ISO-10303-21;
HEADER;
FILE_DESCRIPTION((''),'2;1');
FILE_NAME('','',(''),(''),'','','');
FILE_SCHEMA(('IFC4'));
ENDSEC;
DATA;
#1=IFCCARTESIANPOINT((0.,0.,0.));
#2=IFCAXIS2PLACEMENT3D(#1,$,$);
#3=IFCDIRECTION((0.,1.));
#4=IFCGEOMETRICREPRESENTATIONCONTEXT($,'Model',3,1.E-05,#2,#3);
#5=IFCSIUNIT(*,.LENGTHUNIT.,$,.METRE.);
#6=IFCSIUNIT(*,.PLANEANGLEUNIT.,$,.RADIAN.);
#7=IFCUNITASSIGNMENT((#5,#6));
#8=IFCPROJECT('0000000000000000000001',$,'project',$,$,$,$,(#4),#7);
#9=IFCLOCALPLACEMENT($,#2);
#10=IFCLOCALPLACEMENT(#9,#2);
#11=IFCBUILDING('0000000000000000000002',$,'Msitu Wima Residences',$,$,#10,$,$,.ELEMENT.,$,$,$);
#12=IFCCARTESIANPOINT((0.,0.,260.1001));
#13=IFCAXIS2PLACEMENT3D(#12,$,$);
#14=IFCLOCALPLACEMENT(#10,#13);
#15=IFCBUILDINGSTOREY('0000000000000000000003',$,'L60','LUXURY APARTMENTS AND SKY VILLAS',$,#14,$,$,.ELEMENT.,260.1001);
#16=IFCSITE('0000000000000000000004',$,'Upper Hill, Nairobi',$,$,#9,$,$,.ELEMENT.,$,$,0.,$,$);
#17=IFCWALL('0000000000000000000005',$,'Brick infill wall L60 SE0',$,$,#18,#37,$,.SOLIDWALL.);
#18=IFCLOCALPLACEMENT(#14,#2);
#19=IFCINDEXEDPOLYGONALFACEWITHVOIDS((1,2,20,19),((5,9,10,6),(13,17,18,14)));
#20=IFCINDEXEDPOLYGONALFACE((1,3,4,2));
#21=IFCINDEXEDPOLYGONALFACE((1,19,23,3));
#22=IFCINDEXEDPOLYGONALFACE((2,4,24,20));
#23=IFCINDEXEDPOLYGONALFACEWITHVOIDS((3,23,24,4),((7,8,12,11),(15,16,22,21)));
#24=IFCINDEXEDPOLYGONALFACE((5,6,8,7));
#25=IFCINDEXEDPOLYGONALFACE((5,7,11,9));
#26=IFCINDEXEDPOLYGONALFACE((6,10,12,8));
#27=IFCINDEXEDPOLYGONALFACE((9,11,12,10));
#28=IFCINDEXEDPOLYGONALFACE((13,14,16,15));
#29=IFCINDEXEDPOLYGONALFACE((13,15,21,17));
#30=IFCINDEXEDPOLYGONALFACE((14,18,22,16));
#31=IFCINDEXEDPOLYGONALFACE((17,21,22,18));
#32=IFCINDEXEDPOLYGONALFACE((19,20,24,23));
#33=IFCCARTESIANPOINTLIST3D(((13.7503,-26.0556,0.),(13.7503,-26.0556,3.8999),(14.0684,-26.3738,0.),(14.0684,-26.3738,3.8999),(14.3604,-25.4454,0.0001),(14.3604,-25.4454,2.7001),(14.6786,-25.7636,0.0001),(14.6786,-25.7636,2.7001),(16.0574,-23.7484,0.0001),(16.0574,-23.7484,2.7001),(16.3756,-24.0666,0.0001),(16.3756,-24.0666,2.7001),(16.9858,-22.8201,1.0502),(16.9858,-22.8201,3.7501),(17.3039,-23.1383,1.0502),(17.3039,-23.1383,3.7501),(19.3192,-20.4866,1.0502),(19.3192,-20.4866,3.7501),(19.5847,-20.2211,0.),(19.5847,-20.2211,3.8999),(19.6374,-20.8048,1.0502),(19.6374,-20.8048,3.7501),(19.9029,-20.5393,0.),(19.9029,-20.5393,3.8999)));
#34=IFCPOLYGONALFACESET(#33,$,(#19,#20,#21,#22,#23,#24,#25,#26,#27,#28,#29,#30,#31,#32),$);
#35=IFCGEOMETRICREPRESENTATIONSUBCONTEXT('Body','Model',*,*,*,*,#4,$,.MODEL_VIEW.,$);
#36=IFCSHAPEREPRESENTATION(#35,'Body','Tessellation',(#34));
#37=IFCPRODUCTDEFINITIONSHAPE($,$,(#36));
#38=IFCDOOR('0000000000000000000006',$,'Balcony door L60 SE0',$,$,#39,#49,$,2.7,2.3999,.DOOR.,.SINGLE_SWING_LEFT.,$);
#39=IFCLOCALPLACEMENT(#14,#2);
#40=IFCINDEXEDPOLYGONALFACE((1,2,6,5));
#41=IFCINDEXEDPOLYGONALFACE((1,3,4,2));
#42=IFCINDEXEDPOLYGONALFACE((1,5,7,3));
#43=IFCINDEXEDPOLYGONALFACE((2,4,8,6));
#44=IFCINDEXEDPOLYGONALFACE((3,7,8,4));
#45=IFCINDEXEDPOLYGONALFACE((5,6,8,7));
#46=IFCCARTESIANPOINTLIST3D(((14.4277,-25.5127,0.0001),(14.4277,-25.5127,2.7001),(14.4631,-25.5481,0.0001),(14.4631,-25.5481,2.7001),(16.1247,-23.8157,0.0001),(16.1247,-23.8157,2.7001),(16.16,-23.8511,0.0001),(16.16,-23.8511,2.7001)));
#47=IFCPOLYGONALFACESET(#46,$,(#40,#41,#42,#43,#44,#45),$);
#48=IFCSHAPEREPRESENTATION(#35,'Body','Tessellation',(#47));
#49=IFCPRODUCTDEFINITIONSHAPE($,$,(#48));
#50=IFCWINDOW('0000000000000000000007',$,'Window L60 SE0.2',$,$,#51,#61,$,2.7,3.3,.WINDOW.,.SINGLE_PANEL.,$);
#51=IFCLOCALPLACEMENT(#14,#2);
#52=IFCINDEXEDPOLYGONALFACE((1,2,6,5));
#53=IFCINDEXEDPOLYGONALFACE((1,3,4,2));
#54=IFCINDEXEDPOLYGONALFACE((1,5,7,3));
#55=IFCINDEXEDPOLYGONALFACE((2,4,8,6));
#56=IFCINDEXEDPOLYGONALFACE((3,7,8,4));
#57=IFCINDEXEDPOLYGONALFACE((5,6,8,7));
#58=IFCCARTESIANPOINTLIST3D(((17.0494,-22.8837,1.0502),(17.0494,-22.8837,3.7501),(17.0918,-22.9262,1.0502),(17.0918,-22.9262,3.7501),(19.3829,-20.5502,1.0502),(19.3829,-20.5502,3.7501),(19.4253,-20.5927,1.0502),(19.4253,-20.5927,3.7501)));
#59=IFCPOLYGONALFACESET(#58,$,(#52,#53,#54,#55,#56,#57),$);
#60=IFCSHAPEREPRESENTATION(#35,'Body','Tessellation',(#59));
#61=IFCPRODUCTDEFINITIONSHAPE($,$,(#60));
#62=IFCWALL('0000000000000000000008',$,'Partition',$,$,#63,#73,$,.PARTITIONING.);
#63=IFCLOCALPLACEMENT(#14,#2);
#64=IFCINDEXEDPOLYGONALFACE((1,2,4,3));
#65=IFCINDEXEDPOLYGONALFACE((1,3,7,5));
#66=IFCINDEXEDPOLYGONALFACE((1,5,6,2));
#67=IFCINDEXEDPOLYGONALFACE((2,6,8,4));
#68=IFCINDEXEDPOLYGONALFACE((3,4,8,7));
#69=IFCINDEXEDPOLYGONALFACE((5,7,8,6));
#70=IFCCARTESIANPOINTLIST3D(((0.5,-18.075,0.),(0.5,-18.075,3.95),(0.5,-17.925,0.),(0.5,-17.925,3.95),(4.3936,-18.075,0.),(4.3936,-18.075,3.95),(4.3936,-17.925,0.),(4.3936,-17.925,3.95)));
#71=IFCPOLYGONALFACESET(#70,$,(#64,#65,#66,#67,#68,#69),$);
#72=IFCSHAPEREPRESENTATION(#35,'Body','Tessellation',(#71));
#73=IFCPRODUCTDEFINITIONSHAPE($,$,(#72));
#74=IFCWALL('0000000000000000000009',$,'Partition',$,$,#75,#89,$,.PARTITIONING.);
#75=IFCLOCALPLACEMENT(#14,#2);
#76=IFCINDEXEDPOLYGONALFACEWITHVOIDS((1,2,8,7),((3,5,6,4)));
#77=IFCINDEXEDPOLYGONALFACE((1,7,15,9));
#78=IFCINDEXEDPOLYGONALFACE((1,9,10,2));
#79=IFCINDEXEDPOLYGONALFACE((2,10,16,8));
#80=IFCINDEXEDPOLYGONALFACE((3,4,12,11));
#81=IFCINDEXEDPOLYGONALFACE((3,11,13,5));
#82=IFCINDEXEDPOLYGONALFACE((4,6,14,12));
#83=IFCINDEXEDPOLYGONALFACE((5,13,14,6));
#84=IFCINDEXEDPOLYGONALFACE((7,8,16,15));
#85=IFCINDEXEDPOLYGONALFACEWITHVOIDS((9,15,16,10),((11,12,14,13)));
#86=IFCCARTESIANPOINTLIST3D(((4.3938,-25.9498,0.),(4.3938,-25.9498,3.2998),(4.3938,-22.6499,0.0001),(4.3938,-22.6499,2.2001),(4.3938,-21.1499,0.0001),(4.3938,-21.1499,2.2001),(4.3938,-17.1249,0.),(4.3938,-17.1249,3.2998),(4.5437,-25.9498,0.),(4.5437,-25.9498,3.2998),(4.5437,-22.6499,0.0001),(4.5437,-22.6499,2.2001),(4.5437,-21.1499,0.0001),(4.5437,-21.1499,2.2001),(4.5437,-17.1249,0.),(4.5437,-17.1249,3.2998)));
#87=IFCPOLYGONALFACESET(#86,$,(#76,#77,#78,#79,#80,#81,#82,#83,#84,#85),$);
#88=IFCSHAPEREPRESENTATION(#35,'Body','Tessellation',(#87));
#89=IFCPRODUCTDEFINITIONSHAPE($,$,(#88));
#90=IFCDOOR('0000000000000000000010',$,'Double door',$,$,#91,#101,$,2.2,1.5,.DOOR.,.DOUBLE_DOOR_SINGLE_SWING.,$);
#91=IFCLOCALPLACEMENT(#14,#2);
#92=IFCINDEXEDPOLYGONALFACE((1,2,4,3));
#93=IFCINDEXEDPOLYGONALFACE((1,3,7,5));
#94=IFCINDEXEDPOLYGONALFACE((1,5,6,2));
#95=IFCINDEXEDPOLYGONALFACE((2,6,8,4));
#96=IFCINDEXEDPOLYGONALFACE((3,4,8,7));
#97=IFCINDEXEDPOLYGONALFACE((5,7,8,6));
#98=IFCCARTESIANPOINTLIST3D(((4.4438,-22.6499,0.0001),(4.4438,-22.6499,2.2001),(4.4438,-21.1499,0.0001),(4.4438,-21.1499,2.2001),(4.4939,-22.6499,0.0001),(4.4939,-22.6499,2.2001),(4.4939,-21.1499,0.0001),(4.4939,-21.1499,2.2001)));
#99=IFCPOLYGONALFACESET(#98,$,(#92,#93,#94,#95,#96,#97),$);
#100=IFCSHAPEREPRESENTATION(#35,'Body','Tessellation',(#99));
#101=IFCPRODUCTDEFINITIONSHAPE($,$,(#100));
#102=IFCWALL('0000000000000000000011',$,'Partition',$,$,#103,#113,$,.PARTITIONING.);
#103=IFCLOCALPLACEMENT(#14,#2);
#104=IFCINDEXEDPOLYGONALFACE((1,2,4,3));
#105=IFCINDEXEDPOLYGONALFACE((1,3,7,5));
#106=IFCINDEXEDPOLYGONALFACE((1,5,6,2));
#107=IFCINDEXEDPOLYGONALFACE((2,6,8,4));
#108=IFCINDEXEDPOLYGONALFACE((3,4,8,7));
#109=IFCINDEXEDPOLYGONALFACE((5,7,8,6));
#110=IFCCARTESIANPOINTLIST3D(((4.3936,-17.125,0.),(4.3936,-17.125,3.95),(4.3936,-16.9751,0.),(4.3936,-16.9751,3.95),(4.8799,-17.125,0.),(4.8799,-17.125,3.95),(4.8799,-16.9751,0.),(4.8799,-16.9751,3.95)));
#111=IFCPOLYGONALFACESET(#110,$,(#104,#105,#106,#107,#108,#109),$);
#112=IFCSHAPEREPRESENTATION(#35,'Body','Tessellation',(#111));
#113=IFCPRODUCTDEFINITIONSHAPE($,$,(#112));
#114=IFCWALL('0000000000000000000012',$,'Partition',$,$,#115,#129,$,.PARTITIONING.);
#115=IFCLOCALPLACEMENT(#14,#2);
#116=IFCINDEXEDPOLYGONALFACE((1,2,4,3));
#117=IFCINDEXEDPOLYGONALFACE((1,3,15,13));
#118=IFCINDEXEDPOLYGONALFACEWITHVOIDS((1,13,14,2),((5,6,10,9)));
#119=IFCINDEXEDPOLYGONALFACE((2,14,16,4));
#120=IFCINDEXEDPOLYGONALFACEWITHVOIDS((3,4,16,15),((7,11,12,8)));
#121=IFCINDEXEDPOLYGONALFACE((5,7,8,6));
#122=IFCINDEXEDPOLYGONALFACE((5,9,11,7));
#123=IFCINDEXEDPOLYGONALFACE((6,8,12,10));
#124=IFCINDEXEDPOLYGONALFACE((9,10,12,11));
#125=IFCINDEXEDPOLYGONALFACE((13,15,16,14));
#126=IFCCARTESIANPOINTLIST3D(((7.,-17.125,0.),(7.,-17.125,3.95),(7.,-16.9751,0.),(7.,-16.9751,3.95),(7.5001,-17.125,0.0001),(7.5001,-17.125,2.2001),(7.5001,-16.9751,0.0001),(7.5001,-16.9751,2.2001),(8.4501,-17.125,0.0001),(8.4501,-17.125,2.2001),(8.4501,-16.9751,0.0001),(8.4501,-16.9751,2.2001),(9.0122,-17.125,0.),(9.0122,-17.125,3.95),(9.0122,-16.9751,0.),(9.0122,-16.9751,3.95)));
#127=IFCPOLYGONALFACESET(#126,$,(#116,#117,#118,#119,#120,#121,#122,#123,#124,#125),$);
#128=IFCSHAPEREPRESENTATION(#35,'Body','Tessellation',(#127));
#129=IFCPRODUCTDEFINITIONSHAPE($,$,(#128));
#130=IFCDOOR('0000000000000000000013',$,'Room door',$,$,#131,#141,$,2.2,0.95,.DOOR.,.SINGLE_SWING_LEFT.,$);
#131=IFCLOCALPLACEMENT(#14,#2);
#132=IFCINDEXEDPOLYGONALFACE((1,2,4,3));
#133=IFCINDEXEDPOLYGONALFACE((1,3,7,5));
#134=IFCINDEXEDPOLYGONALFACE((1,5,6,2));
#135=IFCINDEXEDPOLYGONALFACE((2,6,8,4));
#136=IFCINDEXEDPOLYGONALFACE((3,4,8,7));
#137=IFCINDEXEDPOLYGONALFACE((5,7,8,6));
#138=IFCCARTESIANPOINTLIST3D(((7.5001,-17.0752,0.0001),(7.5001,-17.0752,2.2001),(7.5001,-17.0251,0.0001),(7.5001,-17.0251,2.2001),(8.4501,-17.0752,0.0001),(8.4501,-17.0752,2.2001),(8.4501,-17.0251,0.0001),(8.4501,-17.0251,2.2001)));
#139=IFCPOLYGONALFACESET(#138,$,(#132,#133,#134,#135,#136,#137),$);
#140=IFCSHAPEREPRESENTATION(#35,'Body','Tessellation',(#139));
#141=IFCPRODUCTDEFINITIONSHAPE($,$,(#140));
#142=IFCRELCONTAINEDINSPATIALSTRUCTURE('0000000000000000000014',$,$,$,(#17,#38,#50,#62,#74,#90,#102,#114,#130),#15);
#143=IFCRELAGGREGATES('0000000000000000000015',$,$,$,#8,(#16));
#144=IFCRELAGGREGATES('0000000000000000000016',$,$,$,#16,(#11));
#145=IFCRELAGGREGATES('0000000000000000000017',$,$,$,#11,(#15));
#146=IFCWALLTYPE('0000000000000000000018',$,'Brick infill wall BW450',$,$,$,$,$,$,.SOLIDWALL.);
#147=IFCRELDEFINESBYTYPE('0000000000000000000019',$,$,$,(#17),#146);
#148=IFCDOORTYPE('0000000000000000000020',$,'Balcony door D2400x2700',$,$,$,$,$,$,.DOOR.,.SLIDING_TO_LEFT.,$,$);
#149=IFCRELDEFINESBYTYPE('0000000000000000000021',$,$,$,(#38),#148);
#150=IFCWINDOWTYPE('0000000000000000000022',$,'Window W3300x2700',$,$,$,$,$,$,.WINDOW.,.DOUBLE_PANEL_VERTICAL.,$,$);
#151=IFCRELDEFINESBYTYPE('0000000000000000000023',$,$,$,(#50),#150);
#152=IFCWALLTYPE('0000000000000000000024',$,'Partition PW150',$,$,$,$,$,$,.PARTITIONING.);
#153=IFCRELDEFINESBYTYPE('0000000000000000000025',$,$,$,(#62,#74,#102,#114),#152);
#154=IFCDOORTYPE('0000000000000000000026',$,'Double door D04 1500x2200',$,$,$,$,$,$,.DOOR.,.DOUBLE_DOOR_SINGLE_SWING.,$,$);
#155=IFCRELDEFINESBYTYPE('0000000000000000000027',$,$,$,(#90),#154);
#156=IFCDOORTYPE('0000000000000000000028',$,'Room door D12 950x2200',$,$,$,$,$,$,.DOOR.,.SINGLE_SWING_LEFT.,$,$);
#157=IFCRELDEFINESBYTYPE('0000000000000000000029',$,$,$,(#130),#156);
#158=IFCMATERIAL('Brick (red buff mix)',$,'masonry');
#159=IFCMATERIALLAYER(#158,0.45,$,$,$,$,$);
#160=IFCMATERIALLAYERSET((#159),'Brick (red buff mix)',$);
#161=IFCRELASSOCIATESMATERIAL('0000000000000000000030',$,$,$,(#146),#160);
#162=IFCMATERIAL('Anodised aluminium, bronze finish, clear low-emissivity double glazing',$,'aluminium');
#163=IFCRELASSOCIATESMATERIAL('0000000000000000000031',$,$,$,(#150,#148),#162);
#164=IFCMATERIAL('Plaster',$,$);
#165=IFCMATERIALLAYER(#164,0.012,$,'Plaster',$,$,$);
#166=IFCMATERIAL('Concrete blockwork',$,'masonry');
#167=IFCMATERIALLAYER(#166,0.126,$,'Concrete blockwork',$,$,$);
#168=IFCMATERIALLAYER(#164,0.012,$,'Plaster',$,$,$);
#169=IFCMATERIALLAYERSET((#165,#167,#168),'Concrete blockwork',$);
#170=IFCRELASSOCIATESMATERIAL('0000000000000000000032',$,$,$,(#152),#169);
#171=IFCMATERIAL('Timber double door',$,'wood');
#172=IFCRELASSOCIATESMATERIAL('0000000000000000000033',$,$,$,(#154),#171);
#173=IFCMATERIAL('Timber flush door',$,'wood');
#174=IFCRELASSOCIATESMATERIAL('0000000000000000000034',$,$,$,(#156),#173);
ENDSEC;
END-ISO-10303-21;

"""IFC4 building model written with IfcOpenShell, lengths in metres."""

from ifc_helpers import new_model, si_unit, direction, frame, frame_2d, origin, place, context, subcontext, project, spatial, rectangle, extrude, material, layer, layer_set, type_object, element, fill, save


model = new_model("IFC4")

# Units and contexts
model_context = context("Model", 3, precision=1e-05, world=origin(), true_north=direction((0.0, 1.0)))
body_context = subcontext(model_context, "Body", "Model", "MODEL_VIEW")
ifc_project = project(units=[si_unit("LENGTHUNIT", "METRE"), si_unit("PLANEANGLEUNIT", "RADIAN")], contexts=[model_context])

# Site, building, storey
site_placement = place(None, origin())
site = spatial("IfcSite", under=ifc_project, at=site_placement, Name="Upper Hill, Nairobi", CompositionType="ELEMENT", RefElevation=0.0)
building_placement = place(site_placement, origin())
building = spatial("IfcBuilding", under=site, at=building_placement, Name="Msitu Wima Residences", CompositionType="ELEMENT")
storey_placement = place(building_placement, frame((0.0, 0.0, 260.1001)))
storey = spatial("IfcBuildingStorey", under=building, at=storey_placement, Name="L60", Description="LUXURY APARTMENTS AND SKY VILLAS", CompositionType="ELEMENT", Elevation=260.1001)

# Shared definitions
ifc_material_1 = material(Name="Brick (red buff mix)", Category="masonry")
ifc_layer_1 = layer(ifc_material_1, 0.45)
ifc_layer_set_1 = layer_set([ifc_layer_1], Name="Brick (red buff mix)")
wall_type_1 = type_object("IfcWallType", Name="Brick infill wall BW450", PredefinedType="SOLIDWALL", material=ifc_layer_set_1)
ifc_material_2 = material(Name="Anodised aluminium, bronze finish, clear low-emissivity double glazing", Category="aluminium")
window_type = type_object("IfcWindowType", Name="Window W3300x2700", PartitioningType="DOUBLE_PANEL_VERTICAL", PredefinedType="WINDOW", material=ifc_material_2)

# Wall, openings, door, window
wall_1_placement = place(storey_placement, frame((13.9094, -26.2146, 0.0), z_axis=(0.0, 0.0, 1.0), x_axis=(0.707107, 0.707107, 0.0)))
wall_1 = element("IfcWall", 1, at=wall_1_placement, inside=storey, type_object=wall_type_1, Name="Brick infill wall L60 SE0", PredefinedType="SOLIDWALL", context=body_context, shape_type="SweptSolid", body=[
    extrude(rectangle(XDim=8.2512, YDim=0.45, at=frame_2d((4.1255, 0.0))), origin(), (0.0, 0.0, 1.0), 3.8999),
])
opening_1_placement = place(wall_1_placement, frame((0.8628, 0.0, 0.0)))
opening_1 = element("IfcOpeningElement", 2, at=opening_1_placement, cuts=wall_1, PredefinedType="OPENING", context=body_context, shape_type="SweptSolid", body=[
    extrude(rectangle(XDim=2.3999, YDim=2.7, at=frame_2d((1.2, 1.3501))), frame((0.0, 0.2349, 0.0), z_axis=(0.0, -1.0, 0.0), x_axis=(1.0, 0.0, 0.0)), (0.0, 0.0, 1.0), 0.47),
])
opening_2_placement = place(wall_1_placement, frame((4.5757, 0.0, 1.05)))
opening_2 = element("IfcOpeningElement", 3, at=opening_2_placement, cuts=wall_1, PredefinedType="OPENING", context=body_context, shape_type="SweptSolid", body=[
    extrude(rectangle(XDim=3.3, YDim=2.7, at=frame_2d((1.6499, 1.3501))), frame((0.0, 0.2349, 0.0), z_axis=(0.0, -1.0, 0.0), x_axis=(1.0, 0.0, 0.0)), (0.0, 0.0, 1.0), 0.47),
])
door_type_1 = type_object("IfcDoorType", Name="Balcony door D2400x2700", OperationType="SLIDING_TO_LEFT", PredefinedType="DOOR", material=ifc_material_2)
door_1_placement = place(opening_1_placement, origin())
door_1 = element("IfcDoor", 4, at=door_1_placement, inside=storey, type_object=door_type_1, Name="Balcony door L60 SE0", OperationType="SINGLE_SWING_LEFT", OverallHeight=2.7, OverallWidth=2.3999, PredefinedType="DOOR", context=body_context, shape_type="SweptSolid", body=[
    extrude(rectangle(XDim=2.3999, YDim=2.7, at=frame_2d((1.2, 1.3501))), frame((0.0, 0.1299, 0.0), z_axis=(0.0, -1.0, 0.0), x_axis=(1.0, 0.0, 0.0)), (0.0, 0.0, 1.0), 0.05),
])
fill(opening_1, door_1)
window_1_placement = place(opening_2_placement, origin())
window_1 = element("IfcWindow", 5, at=window_1_placement, inside=storey, type_object=window_type, Name="Window L60 SE0.2", OverallHeight=2.7, OverallWidth=3.3, PartitioningType="SINGLE_PANEL", PredefinedType="WINDOW", context=body_context, shape_type="SweptSolid", body=[
    extrude(rectangle(XDim=3.3, YDim=2.7, at=frame_2d((1.6499, 1.3501))), frame((0.0, 0.135, 0.0), z_axis=(0.0, -1.0, 0.0), x_axis=(1.0, 0.0, 0.0)), (0.0, 0.0, 1.0), 0.0601),
])
fill(opening_2, window_1)

# Wall
ifc_material_3 = material(Name="Plaster")
ifc_layer_2 = layer(ifc_material_3, 0.012, Name="Plaster")
ifc_material_4 = material(Name="Concrete blockwork", Category="masonry")
ifc_layer_3 = layer(ifc_material_4, 0.126, Name="Concrete blockwork")
ifc_layer_4 = layer(ifc_material_3, 0.012, Name="Plaster")
ifc_layer_set_2 = layer_set([ifc_layer_2, ifc_layer_3, ifc_layer_4], Name="Concrete blockwork")
wall_type_2 = type_object("IfcWallType", Name="Partition PW150", PredefinedType="PARTITIONING", material=ifc_layer_set_2)
wall_2_placement = place(storey_placement, frame((0.5, -18.0, 0.0), z_axis=(0.0, 0.0, 1.0), x_axis=(1.0, 0.0, 0.0)))
element("IfcWall", 6, at=wall_2_placement, inside=storey, type_object=wall_type_2, Name="Partition", PredefinedType="PARTITIONING", context=body_context, shape_type="SweptSolid", body=[
    extrude(rectangle(XDim=3.8936, YDim=0.1499, at=frame_2d((1.9468, 0.0))), origin(), (0.0, 0.0, 1.0), 3.95),
])

# Wall, opening, door
wall_3_placement = place(storey_placement, frame((4.4688, -25.95, 0.0), z_axis=(0.0, 0.0, 1.0), x_axis=(0.0, 1.0, 0.0)))
wall_3 = element("IfcWall", 7, at=wall_3_placement, inside=storey, type_object=wall_type_2, Name="Partition", PredefinedType="PARTITIONING", context=body_context, shape_type="SweptSolid", body=[
    extrude(rectangle(XDim=8.825, YDim=0.1499, at=frame_2d((4.4126, 0.0))), origin(), (0.0, 0.0, 1.0), 3.2998),
])
opening_3_placement = place(wall_3_placement, frame((3.3, 0.0, 0.0)))
opening_3 = element("IfcOpeningElement", 8, at=opening_3_placement, cuts=wall_3, PredefinedType="OPENING", context=body_context, shape_type="SweptSolid", body=[
    extrude(rectangle(XDim=1.5, YDim=2.2, at=frame_2d((0.75, 1.1001))), frame((0.0, 0.085, 0.0), z_axis=(0.0, -1.0, 0.0), x_axis=(1.0, 0.0, 0.0)), (0.0, 0.0, 1.0), 0.1699),
])
ifc_material_5 = material(Name="Timber double door", Category="wood")
door_type_2 = type_object("IfcDoorType", Name="Double door D04 1500x2200", OperationType="DOUBLE_DOOR_SINGLE_SWING", PredefinedType="DOOR", material=ifc_material_5)
door_2_placement = place(opening_3_placement, origin())
door_2 = element("IfcDoor", 9, at=door_2_placement, inside=storey, type_object=door_type_2, Name="Double door", OperationType="DOUBLE_DOOR_SINGLE_SWING", OverallHeight=2.2, OverallWidth=1.5, PredefinedType="DOOR", context=body_context, shape_type="SweptSolid", body=[
    extrude(rectangle(XDim=1.5, YDim=2.2, at=frame_2d((0.75, 1.1001))), frame((0.0, 0.0249, 0.0), z_axis=(0.0, -1.0, 0.0), x_axis=(1.0, 0.0, 0.0)), (0.0, 0.0, 1.0), 0.05),
])
fill(opening_3, door_2)

# Wall
wall_4_placement = place(storey_placement, frame((4.3936, -17.05, 0.0), z_axis=(0.0, 0.0, 1.0), x_axis=(1.0, 0.0, 0.0)))
element("IfcWall", 10, at=wall_4_placement, inside=storey, type_object=wall_type_2, Name="Partition", PredefinedType="PARTITIONING", context=body_context, shape_type="SweptSolid", body=[
    extrude(rectangle(XDim=0.4863, YDim=0.1499, at=frame_2d((0.2432, 0.0))), origin(), (0.0, 0.0, 1.0), 3.95),
])

# Wall, opening, door
wall_5_placement = place(storey_placement, frame((7.0, -17.05, 0.0), z_axis=(0.0, 0.0, 1.0), x_axis=(1.0, 0.0, 0.0)))
wall_5 = element("IfcWall", 11, at=wall_5_placement, inside=storey, type_object=wall_type_2, Name="Partition", PredefinedType="PARTITIONING", context=body_context, shape_type="SweptSolid", body=[
    extrude(rectangle(XDim=2.0122, YDim=0.1499, at=frame_2d((1.0061, 0.0))), origin(), (0.0, 0.0, 1.0), 3.95),
])
opening_4_placement = place(wall_5_placement, frame((0.5, 0.0, 0.0)))
opening_4 = element("IfcOpeningElement", 12, at=opening_4_placement, cuts=wall_5, PredefinedType="OPENING", context=body_context, shape_type="SweptSolid", body=[
    extrude(rectangle(XDim=0.95, YDim=2.2, at=frame_2d((0.4751, 1.1001))), frame((0.0, 0.085, 0.0), z_axis=(0.0, -1.0, 0.0), x_axis=(1.0, 0.0, 0.0)), (0.0, 0.0, 1.0), 0.1699),
])
ifc_material_6 = material(Name="Timber flush door", Category="wood")
door_type_3 = type_object("IfcDoorType", Name="Room door D12 950x2200", OperationType="SINGLE_SWING_LEFT", PredefinedType="DOOR", material=ifc_material_6)
door_3_placement = place(opening_4_placement, origin())
door_3 = element("IfcDoor", 13, at=door_3_placement, inside=storey, type_object=door_type_3, Name="Room door", OperationType="SINGLE_SWING_LEFT", OverallHeight=2.2, OverallWidth=0.95, PredefinedType="DOOR", context=body_context, shape_type="SweptSolid", body=[
    extrude(rectangle(XDim=0.95, YDim=2.2, at=frame_2d((0.4751, 1.1001))), frame((0.0, 0.0249, 0.0), z_axis=(0.0, -1.0, 0.0), x_axis=(1.0, 0.0, 0.0)), (0.0, 0.0, 1.0), 0.05),
])
fill(opening_4, door_3)

save(model, "model.ifc")
